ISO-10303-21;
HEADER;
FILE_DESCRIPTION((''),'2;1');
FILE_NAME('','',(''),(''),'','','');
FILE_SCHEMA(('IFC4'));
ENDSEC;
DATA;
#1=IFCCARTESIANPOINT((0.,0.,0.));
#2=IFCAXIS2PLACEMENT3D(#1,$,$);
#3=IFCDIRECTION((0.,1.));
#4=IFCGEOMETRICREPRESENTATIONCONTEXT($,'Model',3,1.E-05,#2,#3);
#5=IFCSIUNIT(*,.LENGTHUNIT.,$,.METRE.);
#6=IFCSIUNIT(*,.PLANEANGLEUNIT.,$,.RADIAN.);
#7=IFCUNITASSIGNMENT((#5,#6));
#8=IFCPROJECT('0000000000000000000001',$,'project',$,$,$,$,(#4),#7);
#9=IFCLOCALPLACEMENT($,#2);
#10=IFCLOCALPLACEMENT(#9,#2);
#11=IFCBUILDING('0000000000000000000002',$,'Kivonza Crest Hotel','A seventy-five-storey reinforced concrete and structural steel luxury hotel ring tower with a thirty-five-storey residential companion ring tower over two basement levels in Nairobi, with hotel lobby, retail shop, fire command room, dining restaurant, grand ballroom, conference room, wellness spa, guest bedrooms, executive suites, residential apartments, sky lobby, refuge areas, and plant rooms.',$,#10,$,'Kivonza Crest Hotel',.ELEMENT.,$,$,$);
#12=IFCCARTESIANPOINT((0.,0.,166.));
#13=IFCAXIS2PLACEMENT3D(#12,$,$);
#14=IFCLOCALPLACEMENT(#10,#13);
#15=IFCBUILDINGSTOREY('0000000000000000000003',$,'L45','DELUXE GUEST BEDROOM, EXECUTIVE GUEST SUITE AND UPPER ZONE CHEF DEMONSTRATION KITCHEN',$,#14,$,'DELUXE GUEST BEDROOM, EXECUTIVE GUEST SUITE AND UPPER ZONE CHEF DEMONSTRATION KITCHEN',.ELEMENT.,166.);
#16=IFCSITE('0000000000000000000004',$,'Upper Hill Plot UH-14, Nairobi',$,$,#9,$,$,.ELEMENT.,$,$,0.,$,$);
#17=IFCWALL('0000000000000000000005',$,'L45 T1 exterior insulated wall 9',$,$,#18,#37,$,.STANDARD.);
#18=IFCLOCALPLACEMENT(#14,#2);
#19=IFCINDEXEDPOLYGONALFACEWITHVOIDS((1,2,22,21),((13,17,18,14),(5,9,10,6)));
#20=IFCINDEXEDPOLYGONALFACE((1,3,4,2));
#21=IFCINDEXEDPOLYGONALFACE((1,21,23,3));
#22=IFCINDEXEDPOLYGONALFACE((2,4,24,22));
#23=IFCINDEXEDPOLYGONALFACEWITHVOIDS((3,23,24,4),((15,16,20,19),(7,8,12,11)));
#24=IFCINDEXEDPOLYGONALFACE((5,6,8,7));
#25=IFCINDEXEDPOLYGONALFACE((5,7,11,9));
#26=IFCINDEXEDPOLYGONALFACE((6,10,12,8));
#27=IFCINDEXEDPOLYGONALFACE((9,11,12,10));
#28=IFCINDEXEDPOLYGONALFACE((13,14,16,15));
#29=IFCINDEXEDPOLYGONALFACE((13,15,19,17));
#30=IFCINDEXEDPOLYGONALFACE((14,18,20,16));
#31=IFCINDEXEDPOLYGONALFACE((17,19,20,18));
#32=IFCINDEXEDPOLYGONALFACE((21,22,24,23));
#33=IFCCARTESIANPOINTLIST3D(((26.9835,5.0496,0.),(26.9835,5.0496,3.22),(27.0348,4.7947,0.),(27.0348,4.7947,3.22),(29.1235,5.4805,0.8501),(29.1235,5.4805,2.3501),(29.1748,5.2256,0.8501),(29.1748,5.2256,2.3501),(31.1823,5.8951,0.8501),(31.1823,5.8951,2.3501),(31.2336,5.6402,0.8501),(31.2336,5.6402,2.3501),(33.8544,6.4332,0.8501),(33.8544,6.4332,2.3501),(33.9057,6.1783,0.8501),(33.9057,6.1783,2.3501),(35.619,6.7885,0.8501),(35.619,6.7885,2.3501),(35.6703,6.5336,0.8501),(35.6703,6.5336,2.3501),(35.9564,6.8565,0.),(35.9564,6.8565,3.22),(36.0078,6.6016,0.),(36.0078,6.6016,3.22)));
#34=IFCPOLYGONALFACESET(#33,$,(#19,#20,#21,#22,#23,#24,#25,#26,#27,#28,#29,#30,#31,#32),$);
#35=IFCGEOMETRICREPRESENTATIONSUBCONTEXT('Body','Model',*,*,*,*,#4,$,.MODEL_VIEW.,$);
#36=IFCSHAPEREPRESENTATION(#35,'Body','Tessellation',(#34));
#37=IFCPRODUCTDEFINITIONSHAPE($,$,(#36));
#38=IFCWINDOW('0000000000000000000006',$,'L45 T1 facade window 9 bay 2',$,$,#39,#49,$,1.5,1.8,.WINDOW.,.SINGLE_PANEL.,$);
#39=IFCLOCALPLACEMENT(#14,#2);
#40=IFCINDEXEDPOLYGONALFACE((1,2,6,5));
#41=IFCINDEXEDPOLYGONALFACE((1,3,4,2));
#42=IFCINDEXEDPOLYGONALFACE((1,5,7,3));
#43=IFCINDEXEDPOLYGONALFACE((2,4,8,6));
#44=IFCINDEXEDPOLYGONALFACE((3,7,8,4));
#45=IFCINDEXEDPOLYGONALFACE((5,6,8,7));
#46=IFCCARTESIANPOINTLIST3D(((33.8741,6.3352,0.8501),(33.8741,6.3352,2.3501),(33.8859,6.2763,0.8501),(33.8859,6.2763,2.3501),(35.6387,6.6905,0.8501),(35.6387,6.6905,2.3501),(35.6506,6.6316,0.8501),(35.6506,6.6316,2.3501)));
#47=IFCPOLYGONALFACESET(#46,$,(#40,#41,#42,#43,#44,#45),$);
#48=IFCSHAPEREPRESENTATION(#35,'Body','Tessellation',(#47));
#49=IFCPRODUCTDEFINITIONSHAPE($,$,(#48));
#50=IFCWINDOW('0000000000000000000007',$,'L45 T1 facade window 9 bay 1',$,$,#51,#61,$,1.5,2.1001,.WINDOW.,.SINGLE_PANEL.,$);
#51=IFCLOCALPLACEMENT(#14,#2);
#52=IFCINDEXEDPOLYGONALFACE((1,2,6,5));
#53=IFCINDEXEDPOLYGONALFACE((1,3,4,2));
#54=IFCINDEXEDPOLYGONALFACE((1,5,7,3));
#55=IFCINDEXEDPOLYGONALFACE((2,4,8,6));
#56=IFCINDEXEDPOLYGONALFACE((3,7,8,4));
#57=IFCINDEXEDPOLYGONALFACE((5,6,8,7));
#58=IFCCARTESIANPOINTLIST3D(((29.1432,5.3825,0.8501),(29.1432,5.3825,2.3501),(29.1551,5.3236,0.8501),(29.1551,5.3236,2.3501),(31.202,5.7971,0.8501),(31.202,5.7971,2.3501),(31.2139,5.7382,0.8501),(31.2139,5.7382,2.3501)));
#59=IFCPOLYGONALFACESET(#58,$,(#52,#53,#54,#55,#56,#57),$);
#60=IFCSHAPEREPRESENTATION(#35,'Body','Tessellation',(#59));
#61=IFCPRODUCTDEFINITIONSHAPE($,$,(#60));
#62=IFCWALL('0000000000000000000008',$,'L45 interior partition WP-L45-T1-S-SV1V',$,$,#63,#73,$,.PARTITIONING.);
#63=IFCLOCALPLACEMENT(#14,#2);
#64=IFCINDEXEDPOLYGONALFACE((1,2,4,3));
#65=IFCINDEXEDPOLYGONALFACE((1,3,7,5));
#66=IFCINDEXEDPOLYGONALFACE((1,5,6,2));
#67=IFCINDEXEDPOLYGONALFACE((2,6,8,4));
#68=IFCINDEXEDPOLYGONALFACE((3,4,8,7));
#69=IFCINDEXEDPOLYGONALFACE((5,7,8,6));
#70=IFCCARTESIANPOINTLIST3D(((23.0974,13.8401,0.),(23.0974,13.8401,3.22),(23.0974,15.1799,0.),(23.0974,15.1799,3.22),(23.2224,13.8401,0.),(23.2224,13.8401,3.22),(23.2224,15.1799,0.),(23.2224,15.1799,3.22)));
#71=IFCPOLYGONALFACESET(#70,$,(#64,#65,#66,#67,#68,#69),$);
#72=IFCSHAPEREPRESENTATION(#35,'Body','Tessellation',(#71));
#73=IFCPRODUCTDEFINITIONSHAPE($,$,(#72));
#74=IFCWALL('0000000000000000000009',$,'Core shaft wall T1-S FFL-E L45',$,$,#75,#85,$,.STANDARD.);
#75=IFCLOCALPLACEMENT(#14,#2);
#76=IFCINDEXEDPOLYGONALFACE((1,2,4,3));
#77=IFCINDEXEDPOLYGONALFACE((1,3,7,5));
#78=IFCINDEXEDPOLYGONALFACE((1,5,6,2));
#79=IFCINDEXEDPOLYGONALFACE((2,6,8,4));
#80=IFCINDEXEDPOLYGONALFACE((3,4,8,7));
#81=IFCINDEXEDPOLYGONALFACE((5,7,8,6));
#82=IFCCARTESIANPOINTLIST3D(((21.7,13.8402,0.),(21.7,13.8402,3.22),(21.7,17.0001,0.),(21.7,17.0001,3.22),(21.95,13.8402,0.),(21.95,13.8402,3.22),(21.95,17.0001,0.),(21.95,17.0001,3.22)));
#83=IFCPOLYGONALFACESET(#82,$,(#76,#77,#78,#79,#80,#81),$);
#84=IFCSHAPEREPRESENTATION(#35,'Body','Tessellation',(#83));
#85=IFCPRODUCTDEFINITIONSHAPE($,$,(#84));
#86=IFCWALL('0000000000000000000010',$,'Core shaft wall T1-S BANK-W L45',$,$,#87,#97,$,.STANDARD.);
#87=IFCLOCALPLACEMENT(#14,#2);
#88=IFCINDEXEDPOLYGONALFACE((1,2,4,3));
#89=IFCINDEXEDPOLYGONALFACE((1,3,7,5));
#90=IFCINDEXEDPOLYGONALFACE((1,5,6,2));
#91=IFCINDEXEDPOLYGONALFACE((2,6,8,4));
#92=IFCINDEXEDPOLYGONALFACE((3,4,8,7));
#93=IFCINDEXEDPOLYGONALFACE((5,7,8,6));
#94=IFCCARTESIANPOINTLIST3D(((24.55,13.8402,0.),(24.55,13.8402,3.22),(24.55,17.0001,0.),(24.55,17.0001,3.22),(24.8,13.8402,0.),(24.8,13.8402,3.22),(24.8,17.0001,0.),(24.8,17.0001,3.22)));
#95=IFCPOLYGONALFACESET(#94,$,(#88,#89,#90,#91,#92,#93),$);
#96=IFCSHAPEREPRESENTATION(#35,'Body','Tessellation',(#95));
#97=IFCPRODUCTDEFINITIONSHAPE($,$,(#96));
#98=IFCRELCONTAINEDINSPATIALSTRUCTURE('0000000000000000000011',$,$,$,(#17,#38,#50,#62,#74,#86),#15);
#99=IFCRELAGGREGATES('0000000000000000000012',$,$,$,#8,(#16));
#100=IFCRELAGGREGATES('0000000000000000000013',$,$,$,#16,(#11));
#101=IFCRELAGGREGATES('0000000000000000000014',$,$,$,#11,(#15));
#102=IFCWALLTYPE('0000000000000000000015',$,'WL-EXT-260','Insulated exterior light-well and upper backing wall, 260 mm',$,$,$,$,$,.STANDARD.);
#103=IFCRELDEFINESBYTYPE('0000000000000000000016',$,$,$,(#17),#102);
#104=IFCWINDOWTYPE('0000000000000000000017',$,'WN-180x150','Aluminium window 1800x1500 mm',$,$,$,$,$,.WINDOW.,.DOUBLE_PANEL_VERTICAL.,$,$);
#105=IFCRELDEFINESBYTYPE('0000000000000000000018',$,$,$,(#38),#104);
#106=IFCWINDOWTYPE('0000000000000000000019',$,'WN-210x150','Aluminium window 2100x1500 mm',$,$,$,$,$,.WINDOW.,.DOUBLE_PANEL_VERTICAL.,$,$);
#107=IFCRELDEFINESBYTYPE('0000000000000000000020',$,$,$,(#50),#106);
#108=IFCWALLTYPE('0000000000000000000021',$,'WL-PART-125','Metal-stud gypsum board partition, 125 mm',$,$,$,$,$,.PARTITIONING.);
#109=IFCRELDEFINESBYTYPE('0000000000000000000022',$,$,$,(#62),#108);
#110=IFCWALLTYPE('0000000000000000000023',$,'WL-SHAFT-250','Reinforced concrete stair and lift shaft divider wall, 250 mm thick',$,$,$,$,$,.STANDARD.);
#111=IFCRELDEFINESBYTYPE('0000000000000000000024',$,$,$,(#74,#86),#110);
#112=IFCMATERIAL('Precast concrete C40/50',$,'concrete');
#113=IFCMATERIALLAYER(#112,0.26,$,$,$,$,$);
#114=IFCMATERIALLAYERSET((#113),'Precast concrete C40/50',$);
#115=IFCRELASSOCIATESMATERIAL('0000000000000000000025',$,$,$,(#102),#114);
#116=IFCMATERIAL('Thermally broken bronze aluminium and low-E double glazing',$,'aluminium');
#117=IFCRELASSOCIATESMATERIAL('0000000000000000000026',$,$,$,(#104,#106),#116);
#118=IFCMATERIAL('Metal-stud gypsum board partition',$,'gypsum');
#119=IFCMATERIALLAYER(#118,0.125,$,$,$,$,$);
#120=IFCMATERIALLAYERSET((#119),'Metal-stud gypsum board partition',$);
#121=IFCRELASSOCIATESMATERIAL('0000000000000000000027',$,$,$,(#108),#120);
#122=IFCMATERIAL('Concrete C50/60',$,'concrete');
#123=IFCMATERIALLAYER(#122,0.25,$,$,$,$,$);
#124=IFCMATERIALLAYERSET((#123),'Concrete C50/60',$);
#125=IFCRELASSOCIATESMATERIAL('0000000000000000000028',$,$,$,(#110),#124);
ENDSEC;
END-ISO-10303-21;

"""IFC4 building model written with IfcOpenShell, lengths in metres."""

from ifc_helpers import new_model, si_unit, direction, frame, frame_2d, origin, place, context, subcontext, project, spatial, rectangle, extrude, material, layer, layer_set, type_object, element, fill, save


model = new_model("IFC4")

# Units and contexts
model_context = context("Model", 3, precision=1e-05, world=origin(), true_north=direction((0.0, 1.0)))
body_context = subcontext(model_context, "Body", "Model", "MODEL_VIEW")
ifc_project = project(units=[si_unit("LENGTHUNIT", "METRE"), si_unit("PLANEANGLEUNIT", "RADIAN")], contexts=[model_context])

# Site, building, storey
site_placement = place(None, origin())
site = spatial("IfcSite", under=ifc_project, at=site_placement, Name="Upper Hill Plot UH-14, Nairobi", CompositionType="ELEMENT", RefElevation=0.0)
building_placement = place(site_placement, origin())
building = spatial("IfcBuilding", under=site, at=building_placement, Name="Kivonza Crest Hotel", Description="A seventy-five-storey reinforced concrete and structural steel luxury hotel ring tower with a thirty-five-storey residential companion ring tower over two basement levels in Nairobi, with hotel lobby, retail shop, fire command room, dining restaurant, grand ballroom, conference room, wellness spa, guest bedrooms, executive suites, residential apartments, sky lobby, refuge areas, and plant rooms.", LongName="Kivonza Crest Hotel", CompositionType="ELEMENT")
storey_placement = place(building_placement, frame((0.0, 0.0, 166.0)))
storey = spatial("IfcBuildingStorey", under=building, at=storey_placement, Name="L45", Description="DELUXE GUEST BEDROOM, EXECUTIVE GUEST SUITE AND UPPER ZONE CHEF DEMONSTRATION KITCHEN", LongName="DELUXE GUEST BEDROOM, EXECUTIVE GUEST SUITE AND UPPER ZONE CHEF DEMONSTRATION KITCHEN", CompositionType="ELEMENT", Elevation=166.0)

# Shared definitions
ifc_material_1 = material(Name="Concrete C50/60", Category="concrete")

# Wall, openings, windows
ifc_material_2 = material(Name="Precast concrete C40/50", Category="concrete")
ifc_layer_1 = layer(ifc_material_2, 0.26)
ifc_layer_set_1 = layer_set([ifc_layer_1], Name="Precast concrete C40/50")
wall_type_1 = type_object("IfcWallType", Name="WL-EXT-260", Description="Insulated exterior light-well and upper backing wall, 260 mm", PredefinedType="STANDARD", material=ifc_layer_set_1)
wall_1_placement = place(storey_placement, frame((27.009, 4.9221, 0.0), z_axis=(0.0, 0.0, 1.0), x_axis=(0.980321, 0.197409, 0.0)))
wall_1 = element("IfcWall", 1, at=wall_1_placement, inside=storey, type_object=wall_type_1, Name="L45 T1 exterior insulated wall 9", PredefinedType="STANDARD", context=body_context, shape_type="SweptSolid", body=[
    extrude(rectangle(XDim=9.1531, YDim=0.26, at=frame_2d((4.5767, 0.0))), origin(), (0.0, 0.0, 1.0), 3.22),
])
opening_1_placement = place(wall_1_placement, frame((2.1831, 0.0, 0.8501)))
opening_1 = element("IfcOpeningElement", 2, at=opening_1_placement, cuts=wall_1, PredefinedType="OPENING", context=body_context, shape_type="SweptSolid", body=[
    extrude(rectangle(XDim=2.1001, YDim=1.5, at=frame_2d((1.05, 0.75))), frame((0.0, 0.1401, 0.0), z_axis=(0.0, -1.0, 0.0), x_axis=(1.0, 0.0, 0.0)), (0.0, 0.0, 1.0), 0.28),
])
opening_2_placement = place(wall_1_placement, frame((7.009, 0.0, 0.8501)))
opening_2 = element("IfcOpeningElement", 3, at=opening_2_placement, cuts=wall_1, PredefinedType="OPENING", context=body_context, shape_type="SweptSolid", body=[
    extrude(rectangle(XDim=1.8, YDim=1.5, at=frame_2d((0.8999, 0.75))), frame((0.0, 0.1401, 0.0), z_axis=(0.0, -1.0, 0.0), x_axis=(1.0, 0.0, 0.0)), (0.0, 0.0, 1.0), 0.28),
])
ifc_material_3 = material(Name="Thermally broken bronze aluminium and low-E double glazing", Category="aluminium")
window_type_1 = type_object("IfcWindowType", Name="WN-180x150", Description="Aluminium window 1800x1500 mm", PartitioningType="DOUBLE_PANEL_VERTICAL", PredefinedType="WINDOW", material=ifc_material_3)
window_1_placement = place(opening_2_placement, origin())
window_1 = element("IfcWindow", 4, at=window_1_placement, inside=storey, type_object=window_type_1, Name="L45 T1 facade window 9 bay 2", OverallHeight=1.5, OverallWidth=1.8, PartitioningType="SINGLE_PANEL", PredefinedType="WINDOW", context=body_context, shape_type="SweptSolid", body=[
    extrude(rectangle(XDim=1.8, YDim=1.5, at=frame_2d((0.8999, 0.75))), frame((0.0, 0.03, 0.0), z_axis=(0.0, -1.0, 0.0), x_axis=(1.0, 0.0, 0.0)), (0.0, 0.0, 1.0), 0.0601),
])
fill(opening_2, window_1)
window_type_2 = type_object("IfcWindowType", Name="WN-210x150", Description="Aluminium window 2100x1500 mm", PartitioningType="DOUBLE_PANEL_VERTICAL", PredefinedType="WINDOW", material=ifc_material_3)
window_2_placement = place(opening_1_placement, origin())
window_2 = element("IfcWindow", 5, at=window_2_placement, inside=storey, type_object=window_type_2, Name="L45 T1 facade window 9 bay 1", OverallHeight=1.5, OverallWidth=2.1001, PartitioningType="SINGLE_PANEL", PredefinedType="WINDOW", context=body_context, shape_type="SweptSolid", body=[
    extrude(rectangle(XDim=2.1001, YDim=1.5, at=frame_2d((1.05, 0.75))), frame((0.0, 0.03, 0.0), z_axis=(0.0, -1.0, 0.0), x_axis=(1.0, 0.0, 0.0)), (0.0, 0.0, 1.0), 0.0601),
])
fill(opening_1, window_2)

# Wall
ifc_material_4 = material(Name="Metal-stud gypsum board partition", Category="gypsum")
ifc_layer_2 = layer(ifc_material_4, 0.125)
ifc_layer_set_2 = layer_set([ifc_layer_2], Name="Metal-stud gypsum board partition")
wall_type_2 = type_object("IfcWallType", Name="WL-PART-125", Description="Metal-stud gypsum board partition, 125 mm", PredefinedType="PARTITIONING", material=ifc_layer_set_2)
wall_2_placement = place(storey_placement, frame((23.1599, 13.8401, 0.0), z_axis=(0.0, 0.0, 1.0), x_axis=(0.0, 1.0, 0.0)))
element("IfcWall", 6, at=wall_2_placement, inside=storey, type_object=wall_type_2, Name="L45 interior partition WP-L45-T1-S-SV1V", PredefinedType="PARTITIONING", context=body_context, shape_type="SweptSolid", body=[
    extrude(rectangle(XDim=1.3398, YDim=0.125, at=frame_2d((0.6699, 0.0))), origin(), (0.0, 0.0, 1.0), 3.22),
])

# Shared definitions
ifc_layer_3 = layer(ifc_material_1, 0.25)
ifc_layer_set_3 = layer_set([ifc_layer_3], Name="Concrete C50/60")
wall_type_3 = type_object("IfcWallType", Name="WL-SHAFT-250", Description="Reinforced concrete stair and lift shaft divider wall, 250 mm thick", PredefinedType="STANDARD", material=ifc_layer_set_3)

# Walls
for number, where, z_axis, x_axis, name in (
    (7, (21.825, 13.8401, 0.0), (0.0, 0.0, 1.0), (0.0, 1.0, 0.0), "Core shaft wall T1-S FFL-E L45"),
    (8, (24.675, 13.8401, 0.0), (0.0, 0.0, 1.0), (0.0, 1.0, 0.0), "Core shaft wall T1-S BANK-W L45"),
):
    element("IfcWall", number, at=place(storey_placement, frame(where, z_axis=z_axis, x_axis=x_axis)), inside=storey, type_object=wall_type_3, Name=name, PredefinedType="STANDARD", context=body_context, shape_type="SweptSolid", body=[
        extrude(rectangle(XDim=3.1599, YDim=0.25, at=frame_2d((1.5801, 0.0))), origin(), (0.0, 0.0, 1.0), 3.22),
    ])

save(model, "model.ifc")
